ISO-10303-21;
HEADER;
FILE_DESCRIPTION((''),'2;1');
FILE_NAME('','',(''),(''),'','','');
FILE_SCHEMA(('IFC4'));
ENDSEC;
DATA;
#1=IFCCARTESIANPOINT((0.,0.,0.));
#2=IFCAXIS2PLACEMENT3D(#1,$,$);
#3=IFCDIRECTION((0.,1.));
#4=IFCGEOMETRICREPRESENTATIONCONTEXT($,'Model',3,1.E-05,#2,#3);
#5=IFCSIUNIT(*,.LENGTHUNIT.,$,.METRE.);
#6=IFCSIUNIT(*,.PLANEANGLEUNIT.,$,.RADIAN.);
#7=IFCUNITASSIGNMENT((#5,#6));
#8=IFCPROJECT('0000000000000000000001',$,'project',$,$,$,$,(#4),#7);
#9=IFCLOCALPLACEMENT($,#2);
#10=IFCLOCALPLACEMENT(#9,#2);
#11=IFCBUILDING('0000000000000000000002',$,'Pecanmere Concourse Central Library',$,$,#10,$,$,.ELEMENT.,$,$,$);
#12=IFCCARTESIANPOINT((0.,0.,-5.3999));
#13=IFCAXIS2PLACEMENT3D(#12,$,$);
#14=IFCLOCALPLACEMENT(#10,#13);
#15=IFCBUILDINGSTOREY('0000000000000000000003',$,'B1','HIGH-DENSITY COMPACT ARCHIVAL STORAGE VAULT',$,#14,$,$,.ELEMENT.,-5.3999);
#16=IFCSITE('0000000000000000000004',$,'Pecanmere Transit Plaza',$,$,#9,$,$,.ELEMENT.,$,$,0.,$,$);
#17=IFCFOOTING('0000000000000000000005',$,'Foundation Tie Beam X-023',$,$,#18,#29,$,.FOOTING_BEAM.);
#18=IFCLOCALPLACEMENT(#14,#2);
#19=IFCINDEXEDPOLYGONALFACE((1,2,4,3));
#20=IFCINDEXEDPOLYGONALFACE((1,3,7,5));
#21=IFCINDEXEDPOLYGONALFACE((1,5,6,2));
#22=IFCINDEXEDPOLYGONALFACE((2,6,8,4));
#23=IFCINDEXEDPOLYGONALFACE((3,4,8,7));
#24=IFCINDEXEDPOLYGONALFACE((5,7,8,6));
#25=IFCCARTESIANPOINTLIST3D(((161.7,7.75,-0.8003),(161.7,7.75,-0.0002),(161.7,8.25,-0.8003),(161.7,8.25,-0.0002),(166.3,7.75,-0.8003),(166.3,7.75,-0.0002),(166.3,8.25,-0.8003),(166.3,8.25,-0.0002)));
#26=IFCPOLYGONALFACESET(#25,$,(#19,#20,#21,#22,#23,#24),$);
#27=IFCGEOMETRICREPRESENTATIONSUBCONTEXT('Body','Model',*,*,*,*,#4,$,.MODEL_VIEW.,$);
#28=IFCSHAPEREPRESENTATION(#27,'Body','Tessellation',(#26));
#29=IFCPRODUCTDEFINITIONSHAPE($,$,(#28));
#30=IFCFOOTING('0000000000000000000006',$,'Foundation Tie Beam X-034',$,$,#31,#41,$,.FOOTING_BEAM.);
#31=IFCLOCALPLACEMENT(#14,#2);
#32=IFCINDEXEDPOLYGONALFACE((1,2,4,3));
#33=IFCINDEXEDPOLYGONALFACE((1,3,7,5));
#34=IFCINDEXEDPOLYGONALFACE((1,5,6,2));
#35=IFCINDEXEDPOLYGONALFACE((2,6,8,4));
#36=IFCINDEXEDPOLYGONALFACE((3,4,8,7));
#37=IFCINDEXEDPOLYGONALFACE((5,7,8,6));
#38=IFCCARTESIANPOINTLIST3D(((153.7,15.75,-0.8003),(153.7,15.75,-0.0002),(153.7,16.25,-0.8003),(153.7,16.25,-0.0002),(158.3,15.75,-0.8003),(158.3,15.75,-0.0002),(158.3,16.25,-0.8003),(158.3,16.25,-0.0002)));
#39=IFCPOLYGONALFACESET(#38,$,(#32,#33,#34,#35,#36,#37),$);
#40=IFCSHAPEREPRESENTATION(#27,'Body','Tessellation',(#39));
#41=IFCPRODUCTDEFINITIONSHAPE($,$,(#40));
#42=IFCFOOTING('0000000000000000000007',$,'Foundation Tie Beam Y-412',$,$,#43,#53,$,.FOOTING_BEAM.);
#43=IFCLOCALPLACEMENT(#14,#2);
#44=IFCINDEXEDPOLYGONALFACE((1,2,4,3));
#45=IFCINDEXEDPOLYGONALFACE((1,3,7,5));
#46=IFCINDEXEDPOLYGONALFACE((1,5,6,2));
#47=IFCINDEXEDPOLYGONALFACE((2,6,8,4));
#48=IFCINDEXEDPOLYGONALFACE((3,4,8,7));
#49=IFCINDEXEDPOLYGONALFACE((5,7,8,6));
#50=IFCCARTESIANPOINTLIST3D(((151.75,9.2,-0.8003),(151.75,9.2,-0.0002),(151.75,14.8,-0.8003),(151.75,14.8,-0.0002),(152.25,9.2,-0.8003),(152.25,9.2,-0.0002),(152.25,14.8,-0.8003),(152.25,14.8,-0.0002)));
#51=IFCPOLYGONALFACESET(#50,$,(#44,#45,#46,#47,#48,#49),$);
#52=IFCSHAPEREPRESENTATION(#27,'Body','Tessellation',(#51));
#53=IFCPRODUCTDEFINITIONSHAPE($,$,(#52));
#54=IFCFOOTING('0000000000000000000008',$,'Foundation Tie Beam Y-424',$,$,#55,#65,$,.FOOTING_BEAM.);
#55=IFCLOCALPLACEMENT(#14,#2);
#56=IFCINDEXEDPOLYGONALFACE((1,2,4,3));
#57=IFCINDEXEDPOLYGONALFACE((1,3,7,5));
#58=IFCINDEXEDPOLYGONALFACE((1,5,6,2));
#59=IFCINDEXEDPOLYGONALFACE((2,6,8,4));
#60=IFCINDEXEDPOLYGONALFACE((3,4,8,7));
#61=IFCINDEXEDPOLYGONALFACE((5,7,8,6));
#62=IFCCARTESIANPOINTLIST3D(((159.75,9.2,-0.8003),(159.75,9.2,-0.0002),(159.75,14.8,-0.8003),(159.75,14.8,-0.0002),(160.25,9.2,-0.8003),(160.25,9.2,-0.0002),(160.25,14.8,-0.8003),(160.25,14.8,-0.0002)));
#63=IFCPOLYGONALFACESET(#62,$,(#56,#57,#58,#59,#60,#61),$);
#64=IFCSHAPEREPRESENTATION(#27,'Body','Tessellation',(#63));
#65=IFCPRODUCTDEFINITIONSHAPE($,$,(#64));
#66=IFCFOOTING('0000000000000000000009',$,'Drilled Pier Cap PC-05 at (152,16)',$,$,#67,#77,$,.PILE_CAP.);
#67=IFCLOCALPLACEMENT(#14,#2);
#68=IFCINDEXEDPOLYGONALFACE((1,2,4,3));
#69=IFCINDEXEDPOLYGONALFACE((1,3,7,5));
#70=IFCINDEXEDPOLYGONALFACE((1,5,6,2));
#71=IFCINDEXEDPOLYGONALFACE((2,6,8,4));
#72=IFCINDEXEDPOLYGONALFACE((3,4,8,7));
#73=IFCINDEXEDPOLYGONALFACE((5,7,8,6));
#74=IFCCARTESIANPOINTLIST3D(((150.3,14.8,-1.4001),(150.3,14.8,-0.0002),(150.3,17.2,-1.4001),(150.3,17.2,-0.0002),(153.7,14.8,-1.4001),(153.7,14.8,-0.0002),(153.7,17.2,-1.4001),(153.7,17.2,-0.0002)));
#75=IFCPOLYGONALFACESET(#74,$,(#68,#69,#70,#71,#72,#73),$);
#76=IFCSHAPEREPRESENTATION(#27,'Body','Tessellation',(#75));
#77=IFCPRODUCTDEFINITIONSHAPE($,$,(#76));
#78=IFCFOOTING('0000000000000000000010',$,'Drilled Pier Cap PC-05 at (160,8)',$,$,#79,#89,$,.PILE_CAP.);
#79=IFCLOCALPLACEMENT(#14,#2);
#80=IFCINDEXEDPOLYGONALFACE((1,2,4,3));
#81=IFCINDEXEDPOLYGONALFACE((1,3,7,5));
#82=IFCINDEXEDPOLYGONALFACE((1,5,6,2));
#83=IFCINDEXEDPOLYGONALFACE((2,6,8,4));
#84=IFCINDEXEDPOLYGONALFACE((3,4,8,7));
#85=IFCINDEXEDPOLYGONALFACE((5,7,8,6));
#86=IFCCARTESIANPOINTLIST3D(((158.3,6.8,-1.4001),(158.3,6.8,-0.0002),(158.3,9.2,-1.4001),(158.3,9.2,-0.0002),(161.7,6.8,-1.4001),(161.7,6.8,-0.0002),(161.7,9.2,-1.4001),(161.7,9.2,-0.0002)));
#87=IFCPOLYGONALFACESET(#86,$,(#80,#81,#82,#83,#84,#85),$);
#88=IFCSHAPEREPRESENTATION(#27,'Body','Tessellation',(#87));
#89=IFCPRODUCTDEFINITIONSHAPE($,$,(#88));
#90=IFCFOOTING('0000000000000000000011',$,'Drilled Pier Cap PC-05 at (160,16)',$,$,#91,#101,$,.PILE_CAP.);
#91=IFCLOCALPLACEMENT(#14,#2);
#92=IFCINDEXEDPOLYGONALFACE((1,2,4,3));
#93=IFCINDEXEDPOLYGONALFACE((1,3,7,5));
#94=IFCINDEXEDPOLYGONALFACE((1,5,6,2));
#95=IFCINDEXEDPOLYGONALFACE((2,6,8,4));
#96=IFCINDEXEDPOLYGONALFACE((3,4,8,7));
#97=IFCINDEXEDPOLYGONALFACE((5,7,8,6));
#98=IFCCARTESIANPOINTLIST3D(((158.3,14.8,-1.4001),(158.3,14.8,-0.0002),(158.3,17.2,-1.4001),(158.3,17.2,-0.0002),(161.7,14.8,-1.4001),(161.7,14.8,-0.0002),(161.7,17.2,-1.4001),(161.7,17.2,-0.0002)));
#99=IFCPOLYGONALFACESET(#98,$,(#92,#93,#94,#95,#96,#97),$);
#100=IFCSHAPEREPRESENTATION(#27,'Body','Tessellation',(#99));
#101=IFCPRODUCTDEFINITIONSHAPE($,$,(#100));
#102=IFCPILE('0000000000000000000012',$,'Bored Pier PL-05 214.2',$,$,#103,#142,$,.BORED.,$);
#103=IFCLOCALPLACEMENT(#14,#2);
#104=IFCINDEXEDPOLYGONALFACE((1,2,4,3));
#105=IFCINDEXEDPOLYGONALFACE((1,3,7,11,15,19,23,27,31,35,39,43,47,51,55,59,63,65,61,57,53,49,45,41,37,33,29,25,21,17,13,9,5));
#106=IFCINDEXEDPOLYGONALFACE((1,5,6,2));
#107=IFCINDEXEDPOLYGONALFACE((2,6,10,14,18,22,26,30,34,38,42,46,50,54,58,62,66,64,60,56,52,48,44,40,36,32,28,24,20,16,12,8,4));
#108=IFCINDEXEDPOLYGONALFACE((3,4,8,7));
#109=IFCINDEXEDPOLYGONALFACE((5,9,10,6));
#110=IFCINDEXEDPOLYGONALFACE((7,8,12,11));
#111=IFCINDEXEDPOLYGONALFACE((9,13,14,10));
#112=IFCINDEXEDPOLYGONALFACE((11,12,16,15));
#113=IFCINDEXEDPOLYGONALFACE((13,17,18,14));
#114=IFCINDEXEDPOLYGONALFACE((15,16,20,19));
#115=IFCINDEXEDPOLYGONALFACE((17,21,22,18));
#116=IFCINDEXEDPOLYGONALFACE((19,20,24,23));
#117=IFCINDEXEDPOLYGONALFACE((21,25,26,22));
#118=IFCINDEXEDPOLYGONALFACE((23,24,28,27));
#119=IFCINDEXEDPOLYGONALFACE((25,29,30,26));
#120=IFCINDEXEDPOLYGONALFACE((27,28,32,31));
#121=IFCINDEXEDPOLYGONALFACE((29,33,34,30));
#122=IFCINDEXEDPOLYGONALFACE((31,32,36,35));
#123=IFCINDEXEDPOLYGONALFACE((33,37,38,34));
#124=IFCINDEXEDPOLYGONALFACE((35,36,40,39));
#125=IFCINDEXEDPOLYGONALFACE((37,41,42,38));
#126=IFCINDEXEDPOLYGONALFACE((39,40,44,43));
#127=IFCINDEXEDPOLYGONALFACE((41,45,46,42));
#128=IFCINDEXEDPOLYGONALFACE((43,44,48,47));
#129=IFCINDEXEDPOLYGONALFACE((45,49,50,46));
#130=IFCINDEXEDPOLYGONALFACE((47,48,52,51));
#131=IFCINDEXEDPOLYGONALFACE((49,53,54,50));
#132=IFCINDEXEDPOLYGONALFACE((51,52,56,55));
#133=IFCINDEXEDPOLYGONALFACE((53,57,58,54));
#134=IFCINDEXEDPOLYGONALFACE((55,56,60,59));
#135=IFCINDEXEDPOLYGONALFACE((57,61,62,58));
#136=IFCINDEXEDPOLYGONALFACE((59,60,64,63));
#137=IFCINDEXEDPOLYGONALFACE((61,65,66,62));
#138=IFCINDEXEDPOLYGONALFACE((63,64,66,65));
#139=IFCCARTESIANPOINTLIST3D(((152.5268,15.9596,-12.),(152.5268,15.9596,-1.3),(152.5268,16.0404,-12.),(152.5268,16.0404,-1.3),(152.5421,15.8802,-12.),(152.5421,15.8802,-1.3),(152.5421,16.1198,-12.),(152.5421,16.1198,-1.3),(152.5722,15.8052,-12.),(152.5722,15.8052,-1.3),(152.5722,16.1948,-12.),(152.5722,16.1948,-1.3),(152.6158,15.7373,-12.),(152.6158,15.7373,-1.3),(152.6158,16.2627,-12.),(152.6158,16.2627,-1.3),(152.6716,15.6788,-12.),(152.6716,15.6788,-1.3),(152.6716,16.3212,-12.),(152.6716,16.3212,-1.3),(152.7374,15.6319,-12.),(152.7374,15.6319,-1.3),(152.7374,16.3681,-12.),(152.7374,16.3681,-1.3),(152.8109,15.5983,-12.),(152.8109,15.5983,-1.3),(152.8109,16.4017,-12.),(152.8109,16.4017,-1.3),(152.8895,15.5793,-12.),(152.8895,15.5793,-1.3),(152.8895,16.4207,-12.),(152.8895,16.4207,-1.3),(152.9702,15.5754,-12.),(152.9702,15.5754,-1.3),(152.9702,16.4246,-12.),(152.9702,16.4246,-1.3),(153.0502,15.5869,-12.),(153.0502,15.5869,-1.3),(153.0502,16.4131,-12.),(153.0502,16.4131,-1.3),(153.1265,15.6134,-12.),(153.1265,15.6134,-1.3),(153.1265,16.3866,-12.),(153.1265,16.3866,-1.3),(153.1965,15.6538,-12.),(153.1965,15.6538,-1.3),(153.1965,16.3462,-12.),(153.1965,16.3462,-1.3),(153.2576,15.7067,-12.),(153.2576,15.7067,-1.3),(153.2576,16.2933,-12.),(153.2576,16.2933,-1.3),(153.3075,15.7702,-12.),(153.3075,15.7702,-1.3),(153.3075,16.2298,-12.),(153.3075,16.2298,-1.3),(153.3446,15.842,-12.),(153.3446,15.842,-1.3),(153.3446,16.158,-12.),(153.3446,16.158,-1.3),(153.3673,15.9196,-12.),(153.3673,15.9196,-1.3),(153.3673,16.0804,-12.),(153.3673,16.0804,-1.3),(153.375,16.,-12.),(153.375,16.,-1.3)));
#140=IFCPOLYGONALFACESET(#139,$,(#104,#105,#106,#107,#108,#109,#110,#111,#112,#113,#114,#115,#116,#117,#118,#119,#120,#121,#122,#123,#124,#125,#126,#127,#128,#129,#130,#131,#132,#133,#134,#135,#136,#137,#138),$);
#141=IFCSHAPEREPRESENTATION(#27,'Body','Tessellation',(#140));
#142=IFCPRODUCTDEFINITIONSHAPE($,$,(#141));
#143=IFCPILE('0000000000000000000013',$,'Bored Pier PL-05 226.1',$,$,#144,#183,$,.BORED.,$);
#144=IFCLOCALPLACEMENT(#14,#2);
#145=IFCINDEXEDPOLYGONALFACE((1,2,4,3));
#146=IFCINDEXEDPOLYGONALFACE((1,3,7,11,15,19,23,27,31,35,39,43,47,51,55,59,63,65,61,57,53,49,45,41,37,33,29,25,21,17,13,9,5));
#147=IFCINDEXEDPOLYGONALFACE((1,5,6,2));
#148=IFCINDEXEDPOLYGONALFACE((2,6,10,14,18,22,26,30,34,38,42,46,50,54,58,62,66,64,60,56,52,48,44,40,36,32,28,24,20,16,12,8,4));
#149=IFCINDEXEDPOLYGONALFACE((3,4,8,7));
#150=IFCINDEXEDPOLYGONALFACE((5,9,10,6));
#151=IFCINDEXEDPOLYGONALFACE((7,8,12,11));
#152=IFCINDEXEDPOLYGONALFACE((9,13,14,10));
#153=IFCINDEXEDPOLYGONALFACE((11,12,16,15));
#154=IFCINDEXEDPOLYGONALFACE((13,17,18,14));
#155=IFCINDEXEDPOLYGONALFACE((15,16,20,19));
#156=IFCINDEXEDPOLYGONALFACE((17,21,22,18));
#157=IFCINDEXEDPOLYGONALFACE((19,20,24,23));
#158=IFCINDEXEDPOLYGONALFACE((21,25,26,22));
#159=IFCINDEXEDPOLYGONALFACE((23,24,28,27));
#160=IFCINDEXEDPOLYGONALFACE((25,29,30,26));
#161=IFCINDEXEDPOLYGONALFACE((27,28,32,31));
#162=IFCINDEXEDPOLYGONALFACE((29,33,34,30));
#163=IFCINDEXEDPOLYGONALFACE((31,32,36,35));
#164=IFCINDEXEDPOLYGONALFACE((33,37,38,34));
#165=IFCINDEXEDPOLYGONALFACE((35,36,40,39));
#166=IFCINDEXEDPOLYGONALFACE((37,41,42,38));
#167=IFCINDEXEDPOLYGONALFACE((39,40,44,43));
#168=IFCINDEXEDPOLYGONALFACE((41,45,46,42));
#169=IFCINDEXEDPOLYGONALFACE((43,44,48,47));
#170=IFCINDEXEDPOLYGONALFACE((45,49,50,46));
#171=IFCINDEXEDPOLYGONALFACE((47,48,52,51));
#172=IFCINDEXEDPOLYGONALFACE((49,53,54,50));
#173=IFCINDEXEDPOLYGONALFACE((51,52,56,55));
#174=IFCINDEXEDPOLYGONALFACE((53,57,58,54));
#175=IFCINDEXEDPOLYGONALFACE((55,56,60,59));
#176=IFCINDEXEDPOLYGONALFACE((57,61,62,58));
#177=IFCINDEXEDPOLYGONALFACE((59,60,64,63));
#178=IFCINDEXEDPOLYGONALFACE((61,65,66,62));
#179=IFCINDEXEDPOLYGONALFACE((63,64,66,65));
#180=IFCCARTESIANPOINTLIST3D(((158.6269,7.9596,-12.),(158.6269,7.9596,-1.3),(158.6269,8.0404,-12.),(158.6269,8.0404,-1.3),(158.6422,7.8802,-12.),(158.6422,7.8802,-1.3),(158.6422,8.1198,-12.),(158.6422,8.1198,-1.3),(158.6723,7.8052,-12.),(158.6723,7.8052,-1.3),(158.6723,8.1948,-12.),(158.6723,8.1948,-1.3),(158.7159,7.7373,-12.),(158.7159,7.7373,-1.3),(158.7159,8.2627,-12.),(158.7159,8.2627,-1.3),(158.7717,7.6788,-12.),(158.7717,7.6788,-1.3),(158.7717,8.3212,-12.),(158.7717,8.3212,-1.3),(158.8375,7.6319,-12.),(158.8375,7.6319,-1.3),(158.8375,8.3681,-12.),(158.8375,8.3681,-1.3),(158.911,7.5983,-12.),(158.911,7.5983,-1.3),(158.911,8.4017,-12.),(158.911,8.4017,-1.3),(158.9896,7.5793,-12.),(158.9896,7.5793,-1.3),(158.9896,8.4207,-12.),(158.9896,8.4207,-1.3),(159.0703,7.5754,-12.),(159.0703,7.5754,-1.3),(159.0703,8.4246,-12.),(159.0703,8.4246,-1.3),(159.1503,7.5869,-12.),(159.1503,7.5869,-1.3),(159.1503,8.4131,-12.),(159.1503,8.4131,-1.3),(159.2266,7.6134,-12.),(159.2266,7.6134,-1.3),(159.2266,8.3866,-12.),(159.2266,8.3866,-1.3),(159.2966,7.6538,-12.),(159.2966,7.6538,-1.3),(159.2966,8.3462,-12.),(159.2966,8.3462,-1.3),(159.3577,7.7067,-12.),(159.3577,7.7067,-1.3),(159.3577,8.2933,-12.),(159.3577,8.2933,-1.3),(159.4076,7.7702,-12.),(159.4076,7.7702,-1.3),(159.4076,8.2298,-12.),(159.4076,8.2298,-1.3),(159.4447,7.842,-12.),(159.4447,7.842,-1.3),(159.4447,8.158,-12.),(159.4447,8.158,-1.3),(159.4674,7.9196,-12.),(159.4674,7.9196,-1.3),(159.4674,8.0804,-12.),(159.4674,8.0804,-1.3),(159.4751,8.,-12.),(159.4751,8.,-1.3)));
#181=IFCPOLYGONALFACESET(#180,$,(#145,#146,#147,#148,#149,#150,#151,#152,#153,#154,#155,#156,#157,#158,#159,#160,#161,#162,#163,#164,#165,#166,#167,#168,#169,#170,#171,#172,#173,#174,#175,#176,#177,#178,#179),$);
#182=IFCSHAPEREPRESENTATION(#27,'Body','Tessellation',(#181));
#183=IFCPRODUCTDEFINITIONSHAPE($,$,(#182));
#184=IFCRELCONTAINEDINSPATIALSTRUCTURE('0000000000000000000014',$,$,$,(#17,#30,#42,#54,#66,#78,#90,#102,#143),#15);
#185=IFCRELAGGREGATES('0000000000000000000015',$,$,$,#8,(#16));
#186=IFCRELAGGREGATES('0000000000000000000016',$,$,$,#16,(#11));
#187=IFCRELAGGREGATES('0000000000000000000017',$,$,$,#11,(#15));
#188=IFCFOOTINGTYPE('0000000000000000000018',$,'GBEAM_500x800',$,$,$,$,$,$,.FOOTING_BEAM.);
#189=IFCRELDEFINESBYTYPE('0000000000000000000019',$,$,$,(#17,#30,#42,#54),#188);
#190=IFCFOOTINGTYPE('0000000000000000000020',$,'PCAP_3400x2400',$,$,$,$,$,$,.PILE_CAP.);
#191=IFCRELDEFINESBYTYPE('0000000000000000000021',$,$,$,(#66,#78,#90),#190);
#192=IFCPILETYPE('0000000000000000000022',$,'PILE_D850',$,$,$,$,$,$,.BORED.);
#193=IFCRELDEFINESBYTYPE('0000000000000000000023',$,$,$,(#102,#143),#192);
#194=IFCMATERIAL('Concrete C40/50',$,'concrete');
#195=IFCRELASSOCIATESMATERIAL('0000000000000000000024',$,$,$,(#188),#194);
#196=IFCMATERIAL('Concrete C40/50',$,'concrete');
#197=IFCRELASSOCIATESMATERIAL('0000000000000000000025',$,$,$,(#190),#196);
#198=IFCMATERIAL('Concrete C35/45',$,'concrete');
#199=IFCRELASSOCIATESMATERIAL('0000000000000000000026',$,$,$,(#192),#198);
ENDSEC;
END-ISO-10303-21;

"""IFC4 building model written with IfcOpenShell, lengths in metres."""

from ifc_helpers import new_model, si_unit, direction, frame, origin, origin_2d, place, context, subcontext, project, spatial, rectangle, circle, extrude, material, material_profile, profile_set, type_object, element, save


model = new_model("IFC4")

# Units and contexts
model_context = context("Model", 3, precision=1e-05, world=origin(), true_north=direction((0.0, 1.0)))
body_context = subcontext(model_context, "Body", "Model", "MODEL_VIEW")
ifc_project = project(units=[si_unit("LENGTHUNIT", "METRE"), si_unit("PLANEANGLEUNIT", "RADIAN")], contexts=[model_context])

# Site, building, storey
site_placement = place(None, origin())
site = spatial("IfcSite", under=ifc_project, at=site_placement, Name="Pecanmere Transit Plaza", CompositionType="ELEMENT", RefElevation=0.0)
building_placement = place(site_placement, origin())
building = spatial("IfcBuilding", under=site, at=building_placement, Name="Pecanmere Concourse Central Library", CompositionType="ELEMENT")
storey_placement = place(building_placement, frame((0.0, 0.0, -5.3999)))
storey = spatial("IfcBuildingStorey", under=building, at=storey_placement, Name="B1", Description="HIGH-DENSITY COMPACT ARCHIVAL STORAGE VAULT", CompositionType="ELEMENT", Elevation=-5.3999)

# Footings
ifc_material_1 = material(Name="Concrete C40/50", Category="concrete")
ifc_material_profile_1 = material_profile(ifc_material_1, rectangle(XDim=0.5, YDim=0.8, at=origin_2d()), Name="RC 500x800")
ifc_profile_set_1 = profile_set([ifc_material_profile_1], Name="Concrete C40/50")
footing_type_1 = type_object("IfcFootingType", Name="GBEAM_500x800", PredefinedType="FOOTING_BEAM", material=ifc_profile_set_1)
for number, where, z_axis, x_axis, name in (
    (1, (164.0, 8.0, -0.8003), (0.0, 0.0, 1.0), (1.0, 0.0, 0.0), "Foundation Tie Beam X-023"),
    (2, (156.0, 16.0, -0.8003), (0.0, 0.0, 1.0), (1.0, 0.0, 0.0), "Foundation Tie Beam X-034"),
):
    element("IfcFooting", number, at=place(storey_placement, frame(where, z_axis=z_axis, x_axis=x_axis)), inside=storey, type_object=footing_type_1, Name=name, PredefinedType="FOOTING_BEAM", context=body_context, shape_type="SweptSolid", body=[
        extrude(rectangle(XDim=4.6001, YDim=0.5, at=origin_2d()), origin(), (0.0, 0.0, 1.0), 0.8),
    ])
for number, where, z_axis, x_axis, name in (
    (3, (152.0, 12.0, -0.8003), (0.0, 0.0, 1.0), (0.0, 1.0, 0.0), "Foundation Tie Beam Y-412"),
    (4, (160.0, 12.0, -0.8003), (0.0, 0.0, 1.0), (0.0, 1.0, 0.0), "Foundation Tie Beam Y-424"),
):
    element("IfcFooting", number, at=place(storey_placement, frame(where, z_axis=z_axis, x_axis=x_axis)), inside=storey, type_object=footing_type_1, Name=name, PredefinedType="FOOTING_BEAM", context=body_context, shape_type="SweptSolid", body=[
        extrude(rectangle(XDim=5.6001, YDim=0.5, at=origin_2d()), origin(), (0.0, 0.0, 1.0), 0.8),
    ])
ifc_material_2 = material(Name="Concrete C40/50", Category="concrete")
footing_type_2 = type_object("IfcFootingType", Name="PCAP_3400x2400", PredefinedType="PILE_CAP", material=ifc_material_2)
for number, where, z_axis, x_axis, name in (
    (5, (152.0, 16.0, -1.4001), (0.0, 0.0, 1.0), (1.0, 0.0, 0.0), "Drilled Pier Cap PC-05 at (152,16)"),
    (6, (160.0, 8.0, -1.4001), (0.0, 0.0, 1.0), (1.0, 0.0, 0.0), "Drilled Pier Cap PC-05 at (160,8)"),
    (7, (160.0, 16.0, -1.4001), (0.0, 0.0, 1.0), (1.0, 0.0, 0.0), "Drilled Pier Cap PC-05 at (160,16)"),
):
    element("IfcFooting", number, at=place(storey_placement, frame(where, z_axis=z_axis, x_axis=x_axis)), inside=storey, type_object=footing_type_2, Name=name, PredefinedType="PILE_CAP", context=body_context, shape_type="SweptSolid", body=[
        extrude(rectangle(XDim=3.3999, YDim=2.3999, at=origin_2d()), origin(), (0.0, 0.0, 1.0), 1.3999),
    ])

# Piles
ifc_material_3 = material(Name="Concrete C35/45", Category="concrete")
ifc_material_profile_2 = material_profile(ifc_material_3, circle(Radius=0.425, at=origin_2d()), Name="PIER D850")
ifc_profile_set_2 = profile_set([ifc_material_profile_2], Name="Concrete C35/45")
pile_type = type_object("IfcPileType", Name="PILE_D850", PredefinedType="BORED", material=ifc_profile_set_2)
for number, where, z_axis, x_axis, name in (
    (8, (152.95, 16.0, -1.3), (0.0, 0.0, -1.0), (1.0, 0.0, 0.0), "Bored Pier PL-05 214.2"),
    (9, (159.05, 8.0, -1.3), (0.0, 0.0, -1.0), (1.0, 0.0, 0.0), "Bored Pier PL-05 226.1"),
):
    element("IfcPile", number, at=place(storey_placement, frame(where, z_axis=z_axis, x_axis=x_axis)), inside=storey, type_object=pile_type, Name=name, PredefinedType="BORED", context=body_context, shape_type="SweptSolid", body=[
        extrude(circle(Radius=0.425, at=origin_2d()), origin(), (0.0, 0.0, 1.0), 10.7),
    ])

save(model, "model.ifc")
